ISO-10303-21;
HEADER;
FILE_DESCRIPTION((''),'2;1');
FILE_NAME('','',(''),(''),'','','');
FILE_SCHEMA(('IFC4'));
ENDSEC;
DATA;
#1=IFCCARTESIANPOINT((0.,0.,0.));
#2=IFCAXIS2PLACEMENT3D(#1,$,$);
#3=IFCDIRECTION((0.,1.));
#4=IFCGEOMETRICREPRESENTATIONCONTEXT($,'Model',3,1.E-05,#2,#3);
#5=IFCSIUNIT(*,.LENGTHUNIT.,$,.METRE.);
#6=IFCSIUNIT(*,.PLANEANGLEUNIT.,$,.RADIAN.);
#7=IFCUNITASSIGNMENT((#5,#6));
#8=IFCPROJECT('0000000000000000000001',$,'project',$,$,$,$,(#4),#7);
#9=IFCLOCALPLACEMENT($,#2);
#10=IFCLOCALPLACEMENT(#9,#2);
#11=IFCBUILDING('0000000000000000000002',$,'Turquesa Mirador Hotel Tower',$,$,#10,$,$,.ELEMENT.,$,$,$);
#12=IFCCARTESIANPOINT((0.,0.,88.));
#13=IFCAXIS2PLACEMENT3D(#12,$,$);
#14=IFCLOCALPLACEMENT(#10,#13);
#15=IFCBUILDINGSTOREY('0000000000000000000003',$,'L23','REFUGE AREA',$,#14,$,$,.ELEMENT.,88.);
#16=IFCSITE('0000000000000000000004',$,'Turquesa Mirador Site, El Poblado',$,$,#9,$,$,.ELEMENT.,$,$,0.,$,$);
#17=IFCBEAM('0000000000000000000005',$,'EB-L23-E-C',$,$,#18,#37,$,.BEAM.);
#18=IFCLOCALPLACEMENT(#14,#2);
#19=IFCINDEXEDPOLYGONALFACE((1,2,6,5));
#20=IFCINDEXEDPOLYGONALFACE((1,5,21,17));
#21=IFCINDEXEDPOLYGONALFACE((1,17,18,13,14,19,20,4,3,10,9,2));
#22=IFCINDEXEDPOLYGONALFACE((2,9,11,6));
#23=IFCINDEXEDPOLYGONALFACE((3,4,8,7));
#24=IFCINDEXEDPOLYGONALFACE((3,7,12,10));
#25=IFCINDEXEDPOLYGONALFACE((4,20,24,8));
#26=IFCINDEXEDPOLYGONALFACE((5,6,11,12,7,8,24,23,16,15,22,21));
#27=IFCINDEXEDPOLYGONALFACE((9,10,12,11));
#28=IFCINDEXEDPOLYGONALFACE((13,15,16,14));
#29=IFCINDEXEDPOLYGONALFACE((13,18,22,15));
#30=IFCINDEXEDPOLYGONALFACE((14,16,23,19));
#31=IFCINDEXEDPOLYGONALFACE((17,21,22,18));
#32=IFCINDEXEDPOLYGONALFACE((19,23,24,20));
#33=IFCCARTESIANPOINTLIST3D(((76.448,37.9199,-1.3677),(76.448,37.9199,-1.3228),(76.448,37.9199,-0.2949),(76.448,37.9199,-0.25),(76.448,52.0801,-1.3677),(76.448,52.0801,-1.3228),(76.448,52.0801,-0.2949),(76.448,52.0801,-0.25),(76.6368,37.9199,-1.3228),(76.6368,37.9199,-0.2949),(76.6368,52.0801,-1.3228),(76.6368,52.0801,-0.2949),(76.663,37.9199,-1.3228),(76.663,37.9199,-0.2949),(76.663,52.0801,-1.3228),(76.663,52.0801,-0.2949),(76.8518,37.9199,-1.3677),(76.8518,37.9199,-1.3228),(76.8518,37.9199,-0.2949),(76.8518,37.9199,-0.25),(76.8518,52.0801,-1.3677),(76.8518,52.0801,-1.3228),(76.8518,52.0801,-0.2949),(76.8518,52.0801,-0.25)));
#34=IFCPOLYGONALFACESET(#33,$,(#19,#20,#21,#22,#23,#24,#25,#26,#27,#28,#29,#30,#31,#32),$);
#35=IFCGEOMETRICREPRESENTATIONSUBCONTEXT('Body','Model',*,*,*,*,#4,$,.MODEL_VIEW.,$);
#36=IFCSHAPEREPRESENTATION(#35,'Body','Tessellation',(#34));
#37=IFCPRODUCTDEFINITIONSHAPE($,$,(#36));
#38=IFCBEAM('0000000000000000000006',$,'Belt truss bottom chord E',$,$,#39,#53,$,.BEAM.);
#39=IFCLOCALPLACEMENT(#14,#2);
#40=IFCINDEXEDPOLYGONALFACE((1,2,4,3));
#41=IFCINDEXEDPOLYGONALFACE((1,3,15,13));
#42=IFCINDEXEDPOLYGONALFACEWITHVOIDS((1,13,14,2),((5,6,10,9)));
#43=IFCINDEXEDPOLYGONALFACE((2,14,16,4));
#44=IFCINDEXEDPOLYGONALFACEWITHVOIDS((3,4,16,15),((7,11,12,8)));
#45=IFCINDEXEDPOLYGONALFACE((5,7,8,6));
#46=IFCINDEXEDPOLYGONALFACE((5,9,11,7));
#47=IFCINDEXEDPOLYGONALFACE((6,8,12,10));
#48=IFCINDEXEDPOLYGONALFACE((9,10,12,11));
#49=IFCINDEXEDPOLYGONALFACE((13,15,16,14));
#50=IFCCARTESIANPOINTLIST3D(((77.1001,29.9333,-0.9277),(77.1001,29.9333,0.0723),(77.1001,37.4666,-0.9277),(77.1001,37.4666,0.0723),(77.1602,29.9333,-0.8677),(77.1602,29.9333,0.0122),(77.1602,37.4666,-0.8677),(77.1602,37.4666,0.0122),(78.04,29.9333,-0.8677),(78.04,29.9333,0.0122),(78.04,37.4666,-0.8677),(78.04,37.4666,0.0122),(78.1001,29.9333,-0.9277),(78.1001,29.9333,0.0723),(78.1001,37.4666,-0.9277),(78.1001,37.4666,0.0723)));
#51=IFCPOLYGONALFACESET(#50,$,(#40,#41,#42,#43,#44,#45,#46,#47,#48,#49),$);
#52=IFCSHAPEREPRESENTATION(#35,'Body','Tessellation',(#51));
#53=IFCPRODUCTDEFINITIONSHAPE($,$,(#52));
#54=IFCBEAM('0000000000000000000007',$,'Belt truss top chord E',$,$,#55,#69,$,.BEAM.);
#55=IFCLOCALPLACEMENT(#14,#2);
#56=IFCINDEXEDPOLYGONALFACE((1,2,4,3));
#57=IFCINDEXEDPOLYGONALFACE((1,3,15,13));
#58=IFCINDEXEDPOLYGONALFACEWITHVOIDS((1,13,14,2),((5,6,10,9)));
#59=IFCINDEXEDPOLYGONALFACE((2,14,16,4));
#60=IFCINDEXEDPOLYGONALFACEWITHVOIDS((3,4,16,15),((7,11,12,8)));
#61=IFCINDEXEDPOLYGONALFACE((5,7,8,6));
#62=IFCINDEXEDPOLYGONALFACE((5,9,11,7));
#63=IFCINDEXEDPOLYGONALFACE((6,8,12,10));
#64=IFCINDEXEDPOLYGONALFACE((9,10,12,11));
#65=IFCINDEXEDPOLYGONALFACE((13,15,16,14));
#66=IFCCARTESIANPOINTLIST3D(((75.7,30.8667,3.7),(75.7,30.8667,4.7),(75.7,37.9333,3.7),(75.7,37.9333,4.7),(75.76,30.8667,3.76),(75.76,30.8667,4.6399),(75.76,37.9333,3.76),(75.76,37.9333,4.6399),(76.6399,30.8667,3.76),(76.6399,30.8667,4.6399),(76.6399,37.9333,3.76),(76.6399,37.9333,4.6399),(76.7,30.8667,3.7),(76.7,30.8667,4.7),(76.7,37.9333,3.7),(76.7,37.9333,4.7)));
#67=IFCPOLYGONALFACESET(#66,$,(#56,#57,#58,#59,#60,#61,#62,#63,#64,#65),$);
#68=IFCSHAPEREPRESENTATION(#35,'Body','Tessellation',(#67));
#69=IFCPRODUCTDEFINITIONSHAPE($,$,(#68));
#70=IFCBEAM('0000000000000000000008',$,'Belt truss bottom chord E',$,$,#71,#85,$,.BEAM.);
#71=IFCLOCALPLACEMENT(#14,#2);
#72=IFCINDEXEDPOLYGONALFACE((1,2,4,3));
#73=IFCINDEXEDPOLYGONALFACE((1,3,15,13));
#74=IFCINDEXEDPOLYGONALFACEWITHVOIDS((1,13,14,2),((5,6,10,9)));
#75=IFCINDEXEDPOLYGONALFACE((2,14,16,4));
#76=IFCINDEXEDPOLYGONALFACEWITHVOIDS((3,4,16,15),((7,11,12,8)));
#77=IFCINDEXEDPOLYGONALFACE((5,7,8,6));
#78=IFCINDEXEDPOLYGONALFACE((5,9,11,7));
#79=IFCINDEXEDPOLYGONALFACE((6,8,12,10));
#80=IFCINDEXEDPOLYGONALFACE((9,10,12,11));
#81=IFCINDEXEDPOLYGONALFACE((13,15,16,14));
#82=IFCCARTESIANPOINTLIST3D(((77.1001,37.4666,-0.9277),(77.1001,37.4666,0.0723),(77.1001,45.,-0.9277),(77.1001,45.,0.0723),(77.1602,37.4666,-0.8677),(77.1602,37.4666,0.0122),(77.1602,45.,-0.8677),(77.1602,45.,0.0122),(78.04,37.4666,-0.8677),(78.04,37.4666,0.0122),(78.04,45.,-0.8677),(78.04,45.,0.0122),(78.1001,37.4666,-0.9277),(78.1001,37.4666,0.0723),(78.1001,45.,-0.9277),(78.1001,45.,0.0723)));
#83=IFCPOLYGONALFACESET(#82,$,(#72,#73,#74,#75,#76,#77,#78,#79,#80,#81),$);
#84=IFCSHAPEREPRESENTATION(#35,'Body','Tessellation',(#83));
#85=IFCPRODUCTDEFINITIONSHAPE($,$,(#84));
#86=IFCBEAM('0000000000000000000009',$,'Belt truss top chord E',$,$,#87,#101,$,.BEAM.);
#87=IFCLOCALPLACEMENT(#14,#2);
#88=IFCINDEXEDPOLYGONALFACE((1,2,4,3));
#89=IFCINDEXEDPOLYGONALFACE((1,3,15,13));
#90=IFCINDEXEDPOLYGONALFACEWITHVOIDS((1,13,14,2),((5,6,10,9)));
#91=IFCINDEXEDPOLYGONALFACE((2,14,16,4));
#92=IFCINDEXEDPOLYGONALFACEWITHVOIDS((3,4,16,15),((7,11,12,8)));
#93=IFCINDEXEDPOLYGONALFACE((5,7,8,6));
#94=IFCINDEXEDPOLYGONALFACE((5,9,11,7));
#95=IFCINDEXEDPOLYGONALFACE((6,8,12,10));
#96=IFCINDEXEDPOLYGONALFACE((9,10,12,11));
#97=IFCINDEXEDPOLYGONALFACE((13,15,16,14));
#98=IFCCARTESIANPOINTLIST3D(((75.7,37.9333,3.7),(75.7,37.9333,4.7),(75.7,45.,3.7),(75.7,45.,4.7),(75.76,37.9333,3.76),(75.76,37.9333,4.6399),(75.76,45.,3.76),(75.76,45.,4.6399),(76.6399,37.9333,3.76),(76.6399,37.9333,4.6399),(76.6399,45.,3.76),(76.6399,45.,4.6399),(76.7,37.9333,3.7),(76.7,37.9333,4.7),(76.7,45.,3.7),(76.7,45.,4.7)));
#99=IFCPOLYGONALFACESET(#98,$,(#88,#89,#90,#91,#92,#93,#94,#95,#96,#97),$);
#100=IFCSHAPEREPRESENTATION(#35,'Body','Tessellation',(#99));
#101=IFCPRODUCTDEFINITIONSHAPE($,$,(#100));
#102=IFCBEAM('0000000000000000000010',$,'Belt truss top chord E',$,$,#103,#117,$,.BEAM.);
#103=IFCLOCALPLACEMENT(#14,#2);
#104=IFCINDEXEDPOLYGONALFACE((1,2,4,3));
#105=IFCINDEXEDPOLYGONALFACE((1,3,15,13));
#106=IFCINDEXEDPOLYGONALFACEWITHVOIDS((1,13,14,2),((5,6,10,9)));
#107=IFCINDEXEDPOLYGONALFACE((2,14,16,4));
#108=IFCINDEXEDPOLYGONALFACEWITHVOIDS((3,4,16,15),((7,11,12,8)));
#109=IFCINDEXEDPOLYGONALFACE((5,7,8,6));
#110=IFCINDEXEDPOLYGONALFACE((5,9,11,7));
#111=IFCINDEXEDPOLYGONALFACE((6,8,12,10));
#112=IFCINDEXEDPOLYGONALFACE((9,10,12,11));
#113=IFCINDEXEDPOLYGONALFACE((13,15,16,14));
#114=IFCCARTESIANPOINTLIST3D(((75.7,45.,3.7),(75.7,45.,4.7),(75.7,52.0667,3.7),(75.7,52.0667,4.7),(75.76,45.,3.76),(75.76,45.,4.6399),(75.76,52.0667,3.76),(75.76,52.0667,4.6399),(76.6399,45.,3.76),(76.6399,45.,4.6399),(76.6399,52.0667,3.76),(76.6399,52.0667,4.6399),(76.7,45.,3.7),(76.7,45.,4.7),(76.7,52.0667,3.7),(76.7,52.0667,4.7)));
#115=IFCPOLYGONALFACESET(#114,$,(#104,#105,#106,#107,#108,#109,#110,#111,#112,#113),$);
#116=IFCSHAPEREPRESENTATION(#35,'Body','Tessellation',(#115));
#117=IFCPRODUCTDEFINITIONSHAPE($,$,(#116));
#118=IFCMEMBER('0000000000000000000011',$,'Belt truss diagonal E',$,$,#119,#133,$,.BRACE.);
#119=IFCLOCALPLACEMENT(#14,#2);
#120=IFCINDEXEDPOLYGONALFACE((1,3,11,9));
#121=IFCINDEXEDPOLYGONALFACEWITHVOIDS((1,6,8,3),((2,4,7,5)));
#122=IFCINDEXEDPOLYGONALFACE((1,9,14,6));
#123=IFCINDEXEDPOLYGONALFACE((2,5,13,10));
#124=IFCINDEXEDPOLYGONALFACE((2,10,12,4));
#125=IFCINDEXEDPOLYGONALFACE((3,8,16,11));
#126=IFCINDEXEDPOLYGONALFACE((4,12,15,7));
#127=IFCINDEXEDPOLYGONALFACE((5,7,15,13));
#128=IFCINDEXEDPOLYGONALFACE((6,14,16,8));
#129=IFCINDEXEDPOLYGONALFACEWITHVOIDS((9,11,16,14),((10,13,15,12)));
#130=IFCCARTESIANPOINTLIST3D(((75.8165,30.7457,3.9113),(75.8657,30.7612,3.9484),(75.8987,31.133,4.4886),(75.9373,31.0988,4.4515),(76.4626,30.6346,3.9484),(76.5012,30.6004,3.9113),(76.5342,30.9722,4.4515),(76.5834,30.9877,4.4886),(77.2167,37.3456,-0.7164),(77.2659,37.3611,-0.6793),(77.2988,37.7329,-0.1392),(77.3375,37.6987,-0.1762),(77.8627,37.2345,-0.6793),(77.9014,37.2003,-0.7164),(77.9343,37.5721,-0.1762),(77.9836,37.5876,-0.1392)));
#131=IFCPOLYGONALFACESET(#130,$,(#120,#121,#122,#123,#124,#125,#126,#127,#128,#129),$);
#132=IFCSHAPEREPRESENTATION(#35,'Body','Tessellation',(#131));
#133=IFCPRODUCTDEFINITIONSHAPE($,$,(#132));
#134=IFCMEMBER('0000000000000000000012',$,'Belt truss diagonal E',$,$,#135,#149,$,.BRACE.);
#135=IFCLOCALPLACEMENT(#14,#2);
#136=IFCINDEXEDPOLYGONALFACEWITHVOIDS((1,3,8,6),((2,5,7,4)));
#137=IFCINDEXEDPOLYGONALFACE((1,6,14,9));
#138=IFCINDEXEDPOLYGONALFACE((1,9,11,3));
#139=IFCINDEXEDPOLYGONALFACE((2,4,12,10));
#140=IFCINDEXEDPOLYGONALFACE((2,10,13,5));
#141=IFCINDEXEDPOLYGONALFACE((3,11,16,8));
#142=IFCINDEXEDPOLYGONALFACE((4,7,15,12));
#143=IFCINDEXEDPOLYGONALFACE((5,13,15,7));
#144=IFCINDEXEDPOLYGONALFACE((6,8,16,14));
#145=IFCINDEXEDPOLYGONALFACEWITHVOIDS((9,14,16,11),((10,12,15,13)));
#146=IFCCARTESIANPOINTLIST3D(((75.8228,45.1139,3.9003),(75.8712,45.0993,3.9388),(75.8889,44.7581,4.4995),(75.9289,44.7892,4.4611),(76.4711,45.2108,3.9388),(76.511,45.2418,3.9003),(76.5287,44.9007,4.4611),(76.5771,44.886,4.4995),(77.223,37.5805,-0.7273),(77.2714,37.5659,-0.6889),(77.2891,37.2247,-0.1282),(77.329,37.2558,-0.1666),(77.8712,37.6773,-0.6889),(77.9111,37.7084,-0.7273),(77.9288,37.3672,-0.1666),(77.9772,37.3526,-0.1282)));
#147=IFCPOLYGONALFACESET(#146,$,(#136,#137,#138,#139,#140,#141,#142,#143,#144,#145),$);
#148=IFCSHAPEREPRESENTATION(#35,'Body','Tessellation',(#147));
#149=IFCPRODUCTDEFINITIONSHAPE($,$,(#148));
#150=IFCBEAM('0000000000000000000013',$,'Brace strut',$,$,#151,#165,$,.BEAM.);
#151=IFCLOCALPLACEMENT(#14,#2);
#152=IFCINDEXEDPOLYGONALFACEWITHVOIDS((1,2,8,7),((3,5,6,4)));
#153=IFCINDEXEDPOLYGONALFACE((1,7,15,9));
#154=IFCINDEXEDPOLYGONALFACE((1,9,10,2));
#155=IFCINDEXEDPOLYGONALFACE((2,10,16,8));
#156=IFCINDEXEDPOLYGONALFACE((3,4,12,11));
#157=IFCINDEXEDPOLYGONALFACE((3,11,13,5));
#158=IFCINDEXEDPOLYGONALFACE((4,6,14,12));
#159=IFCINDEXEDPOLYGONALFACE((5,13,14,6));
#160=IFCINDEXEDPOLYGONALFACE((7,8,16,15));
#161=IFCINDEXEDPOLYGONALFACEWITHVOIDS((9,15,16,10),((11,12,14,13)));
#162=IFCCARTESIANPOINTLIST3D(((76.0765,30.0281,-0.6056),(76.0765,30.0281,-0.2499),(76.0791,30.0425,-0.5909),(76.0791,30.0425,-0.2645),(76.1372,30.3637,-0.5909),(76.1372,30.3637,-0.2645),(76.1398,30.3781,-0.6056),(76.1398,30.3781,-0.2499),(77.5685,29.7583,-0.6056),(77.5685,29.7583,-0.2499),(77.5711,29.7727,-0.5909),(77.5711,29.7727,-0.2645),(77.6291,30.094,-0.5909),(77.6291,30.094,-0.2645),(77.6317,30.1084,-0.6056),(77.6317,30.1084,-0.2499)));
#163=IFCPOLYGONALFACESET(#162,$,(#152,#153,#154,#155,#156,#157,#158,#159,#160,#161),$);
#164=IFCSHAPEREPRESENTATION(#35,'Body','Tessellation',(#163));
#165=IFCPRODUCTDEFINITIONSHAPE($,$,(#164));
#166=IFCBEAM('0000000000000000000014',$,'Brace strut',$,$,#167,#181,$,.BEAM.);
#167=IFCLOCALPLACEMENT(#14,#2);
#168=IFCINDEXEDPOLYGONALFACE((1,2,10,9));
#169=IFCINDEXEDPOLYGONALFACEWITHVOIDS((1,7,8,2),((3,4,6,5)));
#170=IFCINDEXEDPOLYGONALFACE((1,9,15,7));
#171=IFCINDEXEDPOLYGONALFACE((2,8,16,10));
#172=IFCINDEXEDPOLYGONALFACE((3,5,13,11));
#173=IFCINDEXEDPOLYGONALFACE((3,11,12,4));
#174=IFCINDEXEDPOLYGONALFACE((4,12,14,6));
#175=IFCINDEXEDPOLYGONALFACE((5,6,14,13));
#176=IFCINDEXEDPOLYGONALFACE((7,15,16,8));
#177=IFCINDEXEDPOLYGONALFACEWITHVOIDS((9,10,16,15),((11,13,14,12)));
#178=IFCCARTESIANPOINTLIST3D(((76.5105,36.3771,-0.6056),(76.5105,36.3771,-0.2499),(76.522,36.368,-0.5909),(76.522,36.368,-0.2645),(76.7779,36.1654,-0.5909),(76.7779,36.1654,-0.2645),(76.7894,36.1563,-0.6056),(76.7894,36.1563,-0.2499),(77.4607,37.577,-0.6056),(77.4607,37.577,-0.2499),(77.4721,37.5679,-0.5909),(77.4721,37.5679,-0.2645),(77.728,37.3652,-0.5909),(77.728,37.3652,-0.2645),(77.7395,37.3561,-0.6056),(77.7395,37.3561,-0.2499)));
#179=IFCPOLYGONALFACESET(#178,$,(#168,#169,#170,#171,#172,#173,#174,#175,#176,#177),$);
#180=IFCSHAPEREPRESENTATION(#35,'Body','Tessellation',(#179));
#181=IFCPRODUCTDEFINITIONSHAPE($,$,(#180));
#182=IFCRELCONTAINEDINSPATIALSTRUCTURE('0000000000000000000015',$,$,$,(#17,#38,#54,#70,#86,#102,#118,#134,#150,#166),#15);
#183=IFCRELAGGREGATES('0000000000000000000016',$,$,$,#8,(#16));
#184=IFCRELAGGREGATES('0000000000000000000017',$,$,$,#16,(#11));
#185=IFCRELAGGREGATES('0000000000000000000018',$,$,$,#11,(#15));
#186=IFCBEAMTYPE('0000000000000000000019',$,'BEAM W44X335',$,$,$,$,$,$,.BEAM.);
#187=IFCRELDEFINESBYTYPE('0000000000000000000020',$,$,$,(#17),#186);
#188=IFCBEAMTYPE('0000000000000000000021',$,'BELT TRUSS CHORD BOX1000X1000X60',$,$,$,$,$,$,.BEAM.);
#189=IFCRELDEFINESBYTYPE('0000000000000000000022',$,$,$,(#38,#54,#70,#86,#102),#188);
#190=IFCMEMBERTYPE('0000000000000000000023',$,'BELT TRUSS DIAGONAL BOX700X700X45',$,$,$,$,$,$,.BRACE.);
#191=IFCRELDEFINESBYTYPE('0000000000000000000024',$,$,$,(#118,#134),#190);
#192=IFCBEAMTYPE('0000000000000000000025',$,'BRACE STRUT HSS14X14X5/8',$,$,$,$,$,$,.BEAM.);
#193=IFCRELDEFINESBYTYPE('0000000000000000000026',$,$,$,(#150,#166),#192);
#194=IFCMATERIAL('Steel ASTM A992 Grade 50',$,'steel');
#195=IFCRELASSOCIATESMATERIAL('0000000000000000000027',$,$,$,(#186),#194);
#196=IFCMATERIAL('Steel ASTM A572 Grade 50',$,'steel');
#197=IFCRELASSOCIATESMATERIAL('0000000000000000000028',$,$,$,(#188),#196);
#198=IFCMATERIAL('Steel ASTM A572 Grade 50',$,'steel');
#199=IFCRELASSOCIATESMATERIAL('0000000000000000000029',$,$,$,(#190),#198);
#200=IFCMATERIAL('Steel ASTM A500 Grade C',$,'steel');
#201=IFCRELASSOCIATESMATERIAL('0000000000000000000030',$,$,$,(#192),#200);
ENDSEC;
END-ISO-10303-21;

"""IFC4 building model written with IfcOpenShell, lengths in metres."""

from ifc_helpers import new_model, si_unit, direction, frame, origin, origin_2d, place, context, subcontext, project, spatial, hollow_rectangle, i_section, extrude, material, material_profile, profile_set, type_object, element, save


model = new_model("IFC4")

# Units and contexts
model_context = context("Model", 3, precision=1e-05, world=origin(), true_north=direction((0.0, 1.0)))
body_context = subcontext(model_context, "Body", "Model", "MODEL_VIEW")
ifc_project = project(units=[si_unit("LENGTHUNIT", "METRE"), si_unit("PLANEANGLEUNIT", "RADIAN")], contexts=[model_context])

# Site, building, storey
site_placement = place(None, origin())
site = spatial("IfcSite", under=ifc_project, at=site_placement, Name="Turquesa Mirador Site, El Poblado", CompositionType="ELEMENT", RefElevation=0.0)
building_placement = place(site_placement, origin())
building = spatial("IfcBuilding", under=site, at=building_placement, Name="Turquesa Mirador Hotel Tower", CompositionType="ELEMENT")
storey_placement = place(building_placement, frame((0.0, 0.0, 88.0)))
storey = spatial("IfcBuildingStorey", under=building, at=storey_placement, Name="L23", Description="REFUGE AREA", CompositionType="ELEMENT", Elevation=88.0)

# Beams
ifc_material_1 = material(Name="Steel ASTM A992 Grade 50", Category="steel")
ifc_material_profile_1 = material_profile(ifc_material_1, i_section(OverallWidth=0.4038, OverallDepth=1.1177, WebThickness=0.0261, FlangeThickness=0.0449, at=origin_2d()), Name="W44X335")
ifc_profile_set_1 = profile_set([ifc_material_profile_1], Name="Steel ASTM A992 Grade 50")
beam_type_1 = type_object("IfcBeamType", Name="BEAM W44X335", PredefinedType="BEAM", material=ifc_profile_set_1)
beam_1_placement = place(storey_placement, frame((76.6499, 37.9199, -0.8088), z_axis=(0.0, 1.0, 0.0), x_axis=(-1.0, 0.0, 0.0)))
element("IfcBeam", 1, at=beam_1_placement, inside=storey, type_object=beam_type_1, Name="EB-L23-E-C", PredefinedType="BEAM", context=body_context, shape_type="SweptSolid", body=[
    extrude(i_section(OverallWidth=0.4038, OverallDepth=1.1177, WebThickness=0.0261, FlangeThickness=0.0449, at=origin_2d()), origin(), (0.0, 0.0, 1.0), 14.1602),
])
ifc_material_2 = material(Name="Steel ASTM A572 Grade 50", Category="steel")
ifc_material_profile_2 = material_profile(ifc_material_2, hollow_rectangle(XDim=1.0, YDim=1.0, WallThickness=0.0601, at=origin_2d()), Name="BOX1000X1000X60")
ifc_profile_set_2 = profile_set([ifc_material_profile_2], Name="Steel ASTM A572 Grade 50")
beam_type_2 = type_object("IfcBeamType", Name="BELT TRUSS CHORD BOX1000X1000X60", PredefinedType="BEAM", material=ifc_profile_set_2)
beam_2_placement = place(storey_placement, frame((77.6001, 29.9333, -0.4277), z_axis=(0.0, 1.0, 0.0), x_axis=(-1.0, 0.0, 0.0)))
element("IfcBeam", 2, at=beam_2_placement, inside=storey, type_object=beam_type_2, Name="Belt truss bottom chord E", PredefinedType="BEAM", context=body_context, shape_type="SweptSolid", body=[
    extrude(hollow_rectangle(XDim=1.0, YDim=1.0, WallThickness=0.0601, at=origin_2d()), origin(), (0.0, 0.0, 1.0), 7.5332),
])
beam_3_placement = place(storey_placement, frame((76.2, 30.8667, 4.2), z_axis=(0.0, 1.0, 0.0), x_axis=(-1.0, 0.0, 0.0)))
element("IfcBeam", 3, at=beam_3_placement, inside=storey, type_object=beam_type_2, Name="Belt truss top chord E", PredefinedType="BEAM", context=body_context, shape_type="SweptSolid", body=[
    extrude(hollow_rectangle(XDim=1.0, YDim=1.0, WallThickness=0.0601, at=origin_2d()), origin(), (0.0, 0.0, 1.0), 7.0667),
])
beam_4_placement = place(storey_placement, frame((77.6001, 37.4666, -0.4277), z_axis=(0.0, 1.0, 0.0), x_axis=(-1.0, 0.0, 0.0)))
element("IfcBeam", 4, at=beam_4_placement, inside=storey, type_object=beam_type_2, Name="Belt truss bottom chord E", PredefinedType="BEAM", context=body_context, shape_type="SweptSolid", body=[
    extrude(hollow_rectangle(XDim=1.0, YDim=1.0, WallThickness=0.0601, at=origin_2d()), origin(), (0.0, 0.0, 1.0), 7.5334),
])
for number, where, z_axis, x_axis, name in (
    (5, (76.2, 37.9333, 4.2), (0.0, 1.0, 0.0), (-1.0, 0.0, 0.0), "Belt truss top chord E"),
    (6, (76.2, 45.0, 4.2), (0.0, 1.0, 0.0), (-1.0, 0.0, 0.0), "Belt truss top chord E"),
):
    element("IfcBeam", number, at=place(storey_placement, frame(where, z_axis=z_axis, x_axis=x_axis)), inside=storey, type_object=beam_type_2, Name=name, PredefinedType="BEAM", context=body_context, shape_type="SweptSolid", body=[
        extrude(hollow_rectangle(XDim=1.0, YDim=1.0, WallThickness=0.0601, at=origin_2d()), origin(), (0.0, 0.0, 1.0), 7.0667),
    ])

# Members
ifc_material_3 = material(Name="Steel ASTM A572 Grade 50", Category="steel")
ifc_material_profile_3 = material_profile(ifc_material_3, hollow_rectangle(XDim=0.7, YDim=0.7, WallThickness=0.0449, at=origin_2d()), Name="BOX700X700X45")
ifc_profile_set_3 = profile_set([ifc_material_profile_3], Name="Steel ASTM A572 Grade 50")
member_type = type_object("IfcMemberType", Name="BELT TRUSS DIAGONAL BOX700X700X45", PredefinedType="BRACE", material=ifc_profile_set_3)
member_1_placement = place(storey_placement, frame((76.2, 30.8667, 4.2), z_axis=(0.171139, 0.806698, -0.565641), x_axis=(-0.978229, 0.207529, 0.0)))
element("IfcMember", 7, at=member_1_placement, inside=storey, type_object=member_type, Name="Belt truss diagonal E", PredefinedType="BRACE", context=body_context, shape_type="SweptSolid", body=[
    extrude(hollow_rectangle(XDim=0.7, YDim=0.7, WallThickness=0.0449, at=origin_2d()), origin(), (0.0, 0.0, 1.0), 8.1814),
])
member_2_placement = place(storey_placement, frame((77.6001, 37.4666, -0.4277), z_axis=(-0.156415, 0.841588, 0.516975), x_axis=(-0.983163, -0.182728, 0.0)))
element("IfcMember", 8, at=member_2_placement, inside=storey, type_object=member_type, Name="Belt truss diagonal E", PredefinedType="BRACE", context=body_context, shape_type="SweptSolid", body=[
    extrude(hollow_rectangle(XDim=0.7, YDim=0.7, WallThickness=0.0449, at=origin_2d()), origin(), (0.0, 0.0, 1.0), 8.9514),
])

# Beams
ifc_material_4 = material(Name="Steel ASTM A500 Grade C", Category="steel")
ifc_material_profile_4 = material_profile(ifc_material_4, hollow_rectangle(XDim=0.3557, YDim=0.3557, WallThickness=0.0146, at=origin_2d()), Name="HSS14X14X5/8")
ifc_profile_set_4 = profile_set([ifc_material_profile_4], Name="Steel ASTM A500 Grade C")
beam_type_3 = type_object("IfcBeamType", Name="BRACE STRUT HSS14X14X5/8", PredefinedType="BEAM", material=ifc_profile_set_4)
beam_5_placement = place(storey_placement, frame((77.6001, 29.9333, -0.4277), z_axis=(-0.984042, 0.177936, 0.0), x_axis=(-0.177936, -0.984042, 0.0)))
element("IfcBeam", 9, at=beam_5_placement, inside=storey, type_object=beam_type_3, Name="Brace strut", PredefinedType="BEAM", context=body_context, shape_type="SweptSolid", body=[
    extrude(hollow_rectangle(XDim=0.3557, YDim=0.3557, WallThickness=0.0146, at=origin_2d()), origin(), (0.0, 0.0, 1.0), 1.5161),
])
beam_6_placement = place(storey_placement, frame((77.6001, 37.4666, -0.4277), z_axis=(-0.620797, -0.783971, 0.0), x_axis=(0.783971, -0.620797, 0.0)))
element("IfcBeam", 10, at=beam_6_placement, inside=storey, type_object=beam_type_3, Name="Brace strut", PredefinedType="BEAM", context=body_context, shape_type="SweptSolid", body=[
    extrude(hollow_rectangle(XDim=0.3557, YDim=0.3557, WallThickness=0.0146, at=origin_2d()), origin(), (0.0, 0.0, 1.0), 1.5305),
])

save(model, "model.ifc")
